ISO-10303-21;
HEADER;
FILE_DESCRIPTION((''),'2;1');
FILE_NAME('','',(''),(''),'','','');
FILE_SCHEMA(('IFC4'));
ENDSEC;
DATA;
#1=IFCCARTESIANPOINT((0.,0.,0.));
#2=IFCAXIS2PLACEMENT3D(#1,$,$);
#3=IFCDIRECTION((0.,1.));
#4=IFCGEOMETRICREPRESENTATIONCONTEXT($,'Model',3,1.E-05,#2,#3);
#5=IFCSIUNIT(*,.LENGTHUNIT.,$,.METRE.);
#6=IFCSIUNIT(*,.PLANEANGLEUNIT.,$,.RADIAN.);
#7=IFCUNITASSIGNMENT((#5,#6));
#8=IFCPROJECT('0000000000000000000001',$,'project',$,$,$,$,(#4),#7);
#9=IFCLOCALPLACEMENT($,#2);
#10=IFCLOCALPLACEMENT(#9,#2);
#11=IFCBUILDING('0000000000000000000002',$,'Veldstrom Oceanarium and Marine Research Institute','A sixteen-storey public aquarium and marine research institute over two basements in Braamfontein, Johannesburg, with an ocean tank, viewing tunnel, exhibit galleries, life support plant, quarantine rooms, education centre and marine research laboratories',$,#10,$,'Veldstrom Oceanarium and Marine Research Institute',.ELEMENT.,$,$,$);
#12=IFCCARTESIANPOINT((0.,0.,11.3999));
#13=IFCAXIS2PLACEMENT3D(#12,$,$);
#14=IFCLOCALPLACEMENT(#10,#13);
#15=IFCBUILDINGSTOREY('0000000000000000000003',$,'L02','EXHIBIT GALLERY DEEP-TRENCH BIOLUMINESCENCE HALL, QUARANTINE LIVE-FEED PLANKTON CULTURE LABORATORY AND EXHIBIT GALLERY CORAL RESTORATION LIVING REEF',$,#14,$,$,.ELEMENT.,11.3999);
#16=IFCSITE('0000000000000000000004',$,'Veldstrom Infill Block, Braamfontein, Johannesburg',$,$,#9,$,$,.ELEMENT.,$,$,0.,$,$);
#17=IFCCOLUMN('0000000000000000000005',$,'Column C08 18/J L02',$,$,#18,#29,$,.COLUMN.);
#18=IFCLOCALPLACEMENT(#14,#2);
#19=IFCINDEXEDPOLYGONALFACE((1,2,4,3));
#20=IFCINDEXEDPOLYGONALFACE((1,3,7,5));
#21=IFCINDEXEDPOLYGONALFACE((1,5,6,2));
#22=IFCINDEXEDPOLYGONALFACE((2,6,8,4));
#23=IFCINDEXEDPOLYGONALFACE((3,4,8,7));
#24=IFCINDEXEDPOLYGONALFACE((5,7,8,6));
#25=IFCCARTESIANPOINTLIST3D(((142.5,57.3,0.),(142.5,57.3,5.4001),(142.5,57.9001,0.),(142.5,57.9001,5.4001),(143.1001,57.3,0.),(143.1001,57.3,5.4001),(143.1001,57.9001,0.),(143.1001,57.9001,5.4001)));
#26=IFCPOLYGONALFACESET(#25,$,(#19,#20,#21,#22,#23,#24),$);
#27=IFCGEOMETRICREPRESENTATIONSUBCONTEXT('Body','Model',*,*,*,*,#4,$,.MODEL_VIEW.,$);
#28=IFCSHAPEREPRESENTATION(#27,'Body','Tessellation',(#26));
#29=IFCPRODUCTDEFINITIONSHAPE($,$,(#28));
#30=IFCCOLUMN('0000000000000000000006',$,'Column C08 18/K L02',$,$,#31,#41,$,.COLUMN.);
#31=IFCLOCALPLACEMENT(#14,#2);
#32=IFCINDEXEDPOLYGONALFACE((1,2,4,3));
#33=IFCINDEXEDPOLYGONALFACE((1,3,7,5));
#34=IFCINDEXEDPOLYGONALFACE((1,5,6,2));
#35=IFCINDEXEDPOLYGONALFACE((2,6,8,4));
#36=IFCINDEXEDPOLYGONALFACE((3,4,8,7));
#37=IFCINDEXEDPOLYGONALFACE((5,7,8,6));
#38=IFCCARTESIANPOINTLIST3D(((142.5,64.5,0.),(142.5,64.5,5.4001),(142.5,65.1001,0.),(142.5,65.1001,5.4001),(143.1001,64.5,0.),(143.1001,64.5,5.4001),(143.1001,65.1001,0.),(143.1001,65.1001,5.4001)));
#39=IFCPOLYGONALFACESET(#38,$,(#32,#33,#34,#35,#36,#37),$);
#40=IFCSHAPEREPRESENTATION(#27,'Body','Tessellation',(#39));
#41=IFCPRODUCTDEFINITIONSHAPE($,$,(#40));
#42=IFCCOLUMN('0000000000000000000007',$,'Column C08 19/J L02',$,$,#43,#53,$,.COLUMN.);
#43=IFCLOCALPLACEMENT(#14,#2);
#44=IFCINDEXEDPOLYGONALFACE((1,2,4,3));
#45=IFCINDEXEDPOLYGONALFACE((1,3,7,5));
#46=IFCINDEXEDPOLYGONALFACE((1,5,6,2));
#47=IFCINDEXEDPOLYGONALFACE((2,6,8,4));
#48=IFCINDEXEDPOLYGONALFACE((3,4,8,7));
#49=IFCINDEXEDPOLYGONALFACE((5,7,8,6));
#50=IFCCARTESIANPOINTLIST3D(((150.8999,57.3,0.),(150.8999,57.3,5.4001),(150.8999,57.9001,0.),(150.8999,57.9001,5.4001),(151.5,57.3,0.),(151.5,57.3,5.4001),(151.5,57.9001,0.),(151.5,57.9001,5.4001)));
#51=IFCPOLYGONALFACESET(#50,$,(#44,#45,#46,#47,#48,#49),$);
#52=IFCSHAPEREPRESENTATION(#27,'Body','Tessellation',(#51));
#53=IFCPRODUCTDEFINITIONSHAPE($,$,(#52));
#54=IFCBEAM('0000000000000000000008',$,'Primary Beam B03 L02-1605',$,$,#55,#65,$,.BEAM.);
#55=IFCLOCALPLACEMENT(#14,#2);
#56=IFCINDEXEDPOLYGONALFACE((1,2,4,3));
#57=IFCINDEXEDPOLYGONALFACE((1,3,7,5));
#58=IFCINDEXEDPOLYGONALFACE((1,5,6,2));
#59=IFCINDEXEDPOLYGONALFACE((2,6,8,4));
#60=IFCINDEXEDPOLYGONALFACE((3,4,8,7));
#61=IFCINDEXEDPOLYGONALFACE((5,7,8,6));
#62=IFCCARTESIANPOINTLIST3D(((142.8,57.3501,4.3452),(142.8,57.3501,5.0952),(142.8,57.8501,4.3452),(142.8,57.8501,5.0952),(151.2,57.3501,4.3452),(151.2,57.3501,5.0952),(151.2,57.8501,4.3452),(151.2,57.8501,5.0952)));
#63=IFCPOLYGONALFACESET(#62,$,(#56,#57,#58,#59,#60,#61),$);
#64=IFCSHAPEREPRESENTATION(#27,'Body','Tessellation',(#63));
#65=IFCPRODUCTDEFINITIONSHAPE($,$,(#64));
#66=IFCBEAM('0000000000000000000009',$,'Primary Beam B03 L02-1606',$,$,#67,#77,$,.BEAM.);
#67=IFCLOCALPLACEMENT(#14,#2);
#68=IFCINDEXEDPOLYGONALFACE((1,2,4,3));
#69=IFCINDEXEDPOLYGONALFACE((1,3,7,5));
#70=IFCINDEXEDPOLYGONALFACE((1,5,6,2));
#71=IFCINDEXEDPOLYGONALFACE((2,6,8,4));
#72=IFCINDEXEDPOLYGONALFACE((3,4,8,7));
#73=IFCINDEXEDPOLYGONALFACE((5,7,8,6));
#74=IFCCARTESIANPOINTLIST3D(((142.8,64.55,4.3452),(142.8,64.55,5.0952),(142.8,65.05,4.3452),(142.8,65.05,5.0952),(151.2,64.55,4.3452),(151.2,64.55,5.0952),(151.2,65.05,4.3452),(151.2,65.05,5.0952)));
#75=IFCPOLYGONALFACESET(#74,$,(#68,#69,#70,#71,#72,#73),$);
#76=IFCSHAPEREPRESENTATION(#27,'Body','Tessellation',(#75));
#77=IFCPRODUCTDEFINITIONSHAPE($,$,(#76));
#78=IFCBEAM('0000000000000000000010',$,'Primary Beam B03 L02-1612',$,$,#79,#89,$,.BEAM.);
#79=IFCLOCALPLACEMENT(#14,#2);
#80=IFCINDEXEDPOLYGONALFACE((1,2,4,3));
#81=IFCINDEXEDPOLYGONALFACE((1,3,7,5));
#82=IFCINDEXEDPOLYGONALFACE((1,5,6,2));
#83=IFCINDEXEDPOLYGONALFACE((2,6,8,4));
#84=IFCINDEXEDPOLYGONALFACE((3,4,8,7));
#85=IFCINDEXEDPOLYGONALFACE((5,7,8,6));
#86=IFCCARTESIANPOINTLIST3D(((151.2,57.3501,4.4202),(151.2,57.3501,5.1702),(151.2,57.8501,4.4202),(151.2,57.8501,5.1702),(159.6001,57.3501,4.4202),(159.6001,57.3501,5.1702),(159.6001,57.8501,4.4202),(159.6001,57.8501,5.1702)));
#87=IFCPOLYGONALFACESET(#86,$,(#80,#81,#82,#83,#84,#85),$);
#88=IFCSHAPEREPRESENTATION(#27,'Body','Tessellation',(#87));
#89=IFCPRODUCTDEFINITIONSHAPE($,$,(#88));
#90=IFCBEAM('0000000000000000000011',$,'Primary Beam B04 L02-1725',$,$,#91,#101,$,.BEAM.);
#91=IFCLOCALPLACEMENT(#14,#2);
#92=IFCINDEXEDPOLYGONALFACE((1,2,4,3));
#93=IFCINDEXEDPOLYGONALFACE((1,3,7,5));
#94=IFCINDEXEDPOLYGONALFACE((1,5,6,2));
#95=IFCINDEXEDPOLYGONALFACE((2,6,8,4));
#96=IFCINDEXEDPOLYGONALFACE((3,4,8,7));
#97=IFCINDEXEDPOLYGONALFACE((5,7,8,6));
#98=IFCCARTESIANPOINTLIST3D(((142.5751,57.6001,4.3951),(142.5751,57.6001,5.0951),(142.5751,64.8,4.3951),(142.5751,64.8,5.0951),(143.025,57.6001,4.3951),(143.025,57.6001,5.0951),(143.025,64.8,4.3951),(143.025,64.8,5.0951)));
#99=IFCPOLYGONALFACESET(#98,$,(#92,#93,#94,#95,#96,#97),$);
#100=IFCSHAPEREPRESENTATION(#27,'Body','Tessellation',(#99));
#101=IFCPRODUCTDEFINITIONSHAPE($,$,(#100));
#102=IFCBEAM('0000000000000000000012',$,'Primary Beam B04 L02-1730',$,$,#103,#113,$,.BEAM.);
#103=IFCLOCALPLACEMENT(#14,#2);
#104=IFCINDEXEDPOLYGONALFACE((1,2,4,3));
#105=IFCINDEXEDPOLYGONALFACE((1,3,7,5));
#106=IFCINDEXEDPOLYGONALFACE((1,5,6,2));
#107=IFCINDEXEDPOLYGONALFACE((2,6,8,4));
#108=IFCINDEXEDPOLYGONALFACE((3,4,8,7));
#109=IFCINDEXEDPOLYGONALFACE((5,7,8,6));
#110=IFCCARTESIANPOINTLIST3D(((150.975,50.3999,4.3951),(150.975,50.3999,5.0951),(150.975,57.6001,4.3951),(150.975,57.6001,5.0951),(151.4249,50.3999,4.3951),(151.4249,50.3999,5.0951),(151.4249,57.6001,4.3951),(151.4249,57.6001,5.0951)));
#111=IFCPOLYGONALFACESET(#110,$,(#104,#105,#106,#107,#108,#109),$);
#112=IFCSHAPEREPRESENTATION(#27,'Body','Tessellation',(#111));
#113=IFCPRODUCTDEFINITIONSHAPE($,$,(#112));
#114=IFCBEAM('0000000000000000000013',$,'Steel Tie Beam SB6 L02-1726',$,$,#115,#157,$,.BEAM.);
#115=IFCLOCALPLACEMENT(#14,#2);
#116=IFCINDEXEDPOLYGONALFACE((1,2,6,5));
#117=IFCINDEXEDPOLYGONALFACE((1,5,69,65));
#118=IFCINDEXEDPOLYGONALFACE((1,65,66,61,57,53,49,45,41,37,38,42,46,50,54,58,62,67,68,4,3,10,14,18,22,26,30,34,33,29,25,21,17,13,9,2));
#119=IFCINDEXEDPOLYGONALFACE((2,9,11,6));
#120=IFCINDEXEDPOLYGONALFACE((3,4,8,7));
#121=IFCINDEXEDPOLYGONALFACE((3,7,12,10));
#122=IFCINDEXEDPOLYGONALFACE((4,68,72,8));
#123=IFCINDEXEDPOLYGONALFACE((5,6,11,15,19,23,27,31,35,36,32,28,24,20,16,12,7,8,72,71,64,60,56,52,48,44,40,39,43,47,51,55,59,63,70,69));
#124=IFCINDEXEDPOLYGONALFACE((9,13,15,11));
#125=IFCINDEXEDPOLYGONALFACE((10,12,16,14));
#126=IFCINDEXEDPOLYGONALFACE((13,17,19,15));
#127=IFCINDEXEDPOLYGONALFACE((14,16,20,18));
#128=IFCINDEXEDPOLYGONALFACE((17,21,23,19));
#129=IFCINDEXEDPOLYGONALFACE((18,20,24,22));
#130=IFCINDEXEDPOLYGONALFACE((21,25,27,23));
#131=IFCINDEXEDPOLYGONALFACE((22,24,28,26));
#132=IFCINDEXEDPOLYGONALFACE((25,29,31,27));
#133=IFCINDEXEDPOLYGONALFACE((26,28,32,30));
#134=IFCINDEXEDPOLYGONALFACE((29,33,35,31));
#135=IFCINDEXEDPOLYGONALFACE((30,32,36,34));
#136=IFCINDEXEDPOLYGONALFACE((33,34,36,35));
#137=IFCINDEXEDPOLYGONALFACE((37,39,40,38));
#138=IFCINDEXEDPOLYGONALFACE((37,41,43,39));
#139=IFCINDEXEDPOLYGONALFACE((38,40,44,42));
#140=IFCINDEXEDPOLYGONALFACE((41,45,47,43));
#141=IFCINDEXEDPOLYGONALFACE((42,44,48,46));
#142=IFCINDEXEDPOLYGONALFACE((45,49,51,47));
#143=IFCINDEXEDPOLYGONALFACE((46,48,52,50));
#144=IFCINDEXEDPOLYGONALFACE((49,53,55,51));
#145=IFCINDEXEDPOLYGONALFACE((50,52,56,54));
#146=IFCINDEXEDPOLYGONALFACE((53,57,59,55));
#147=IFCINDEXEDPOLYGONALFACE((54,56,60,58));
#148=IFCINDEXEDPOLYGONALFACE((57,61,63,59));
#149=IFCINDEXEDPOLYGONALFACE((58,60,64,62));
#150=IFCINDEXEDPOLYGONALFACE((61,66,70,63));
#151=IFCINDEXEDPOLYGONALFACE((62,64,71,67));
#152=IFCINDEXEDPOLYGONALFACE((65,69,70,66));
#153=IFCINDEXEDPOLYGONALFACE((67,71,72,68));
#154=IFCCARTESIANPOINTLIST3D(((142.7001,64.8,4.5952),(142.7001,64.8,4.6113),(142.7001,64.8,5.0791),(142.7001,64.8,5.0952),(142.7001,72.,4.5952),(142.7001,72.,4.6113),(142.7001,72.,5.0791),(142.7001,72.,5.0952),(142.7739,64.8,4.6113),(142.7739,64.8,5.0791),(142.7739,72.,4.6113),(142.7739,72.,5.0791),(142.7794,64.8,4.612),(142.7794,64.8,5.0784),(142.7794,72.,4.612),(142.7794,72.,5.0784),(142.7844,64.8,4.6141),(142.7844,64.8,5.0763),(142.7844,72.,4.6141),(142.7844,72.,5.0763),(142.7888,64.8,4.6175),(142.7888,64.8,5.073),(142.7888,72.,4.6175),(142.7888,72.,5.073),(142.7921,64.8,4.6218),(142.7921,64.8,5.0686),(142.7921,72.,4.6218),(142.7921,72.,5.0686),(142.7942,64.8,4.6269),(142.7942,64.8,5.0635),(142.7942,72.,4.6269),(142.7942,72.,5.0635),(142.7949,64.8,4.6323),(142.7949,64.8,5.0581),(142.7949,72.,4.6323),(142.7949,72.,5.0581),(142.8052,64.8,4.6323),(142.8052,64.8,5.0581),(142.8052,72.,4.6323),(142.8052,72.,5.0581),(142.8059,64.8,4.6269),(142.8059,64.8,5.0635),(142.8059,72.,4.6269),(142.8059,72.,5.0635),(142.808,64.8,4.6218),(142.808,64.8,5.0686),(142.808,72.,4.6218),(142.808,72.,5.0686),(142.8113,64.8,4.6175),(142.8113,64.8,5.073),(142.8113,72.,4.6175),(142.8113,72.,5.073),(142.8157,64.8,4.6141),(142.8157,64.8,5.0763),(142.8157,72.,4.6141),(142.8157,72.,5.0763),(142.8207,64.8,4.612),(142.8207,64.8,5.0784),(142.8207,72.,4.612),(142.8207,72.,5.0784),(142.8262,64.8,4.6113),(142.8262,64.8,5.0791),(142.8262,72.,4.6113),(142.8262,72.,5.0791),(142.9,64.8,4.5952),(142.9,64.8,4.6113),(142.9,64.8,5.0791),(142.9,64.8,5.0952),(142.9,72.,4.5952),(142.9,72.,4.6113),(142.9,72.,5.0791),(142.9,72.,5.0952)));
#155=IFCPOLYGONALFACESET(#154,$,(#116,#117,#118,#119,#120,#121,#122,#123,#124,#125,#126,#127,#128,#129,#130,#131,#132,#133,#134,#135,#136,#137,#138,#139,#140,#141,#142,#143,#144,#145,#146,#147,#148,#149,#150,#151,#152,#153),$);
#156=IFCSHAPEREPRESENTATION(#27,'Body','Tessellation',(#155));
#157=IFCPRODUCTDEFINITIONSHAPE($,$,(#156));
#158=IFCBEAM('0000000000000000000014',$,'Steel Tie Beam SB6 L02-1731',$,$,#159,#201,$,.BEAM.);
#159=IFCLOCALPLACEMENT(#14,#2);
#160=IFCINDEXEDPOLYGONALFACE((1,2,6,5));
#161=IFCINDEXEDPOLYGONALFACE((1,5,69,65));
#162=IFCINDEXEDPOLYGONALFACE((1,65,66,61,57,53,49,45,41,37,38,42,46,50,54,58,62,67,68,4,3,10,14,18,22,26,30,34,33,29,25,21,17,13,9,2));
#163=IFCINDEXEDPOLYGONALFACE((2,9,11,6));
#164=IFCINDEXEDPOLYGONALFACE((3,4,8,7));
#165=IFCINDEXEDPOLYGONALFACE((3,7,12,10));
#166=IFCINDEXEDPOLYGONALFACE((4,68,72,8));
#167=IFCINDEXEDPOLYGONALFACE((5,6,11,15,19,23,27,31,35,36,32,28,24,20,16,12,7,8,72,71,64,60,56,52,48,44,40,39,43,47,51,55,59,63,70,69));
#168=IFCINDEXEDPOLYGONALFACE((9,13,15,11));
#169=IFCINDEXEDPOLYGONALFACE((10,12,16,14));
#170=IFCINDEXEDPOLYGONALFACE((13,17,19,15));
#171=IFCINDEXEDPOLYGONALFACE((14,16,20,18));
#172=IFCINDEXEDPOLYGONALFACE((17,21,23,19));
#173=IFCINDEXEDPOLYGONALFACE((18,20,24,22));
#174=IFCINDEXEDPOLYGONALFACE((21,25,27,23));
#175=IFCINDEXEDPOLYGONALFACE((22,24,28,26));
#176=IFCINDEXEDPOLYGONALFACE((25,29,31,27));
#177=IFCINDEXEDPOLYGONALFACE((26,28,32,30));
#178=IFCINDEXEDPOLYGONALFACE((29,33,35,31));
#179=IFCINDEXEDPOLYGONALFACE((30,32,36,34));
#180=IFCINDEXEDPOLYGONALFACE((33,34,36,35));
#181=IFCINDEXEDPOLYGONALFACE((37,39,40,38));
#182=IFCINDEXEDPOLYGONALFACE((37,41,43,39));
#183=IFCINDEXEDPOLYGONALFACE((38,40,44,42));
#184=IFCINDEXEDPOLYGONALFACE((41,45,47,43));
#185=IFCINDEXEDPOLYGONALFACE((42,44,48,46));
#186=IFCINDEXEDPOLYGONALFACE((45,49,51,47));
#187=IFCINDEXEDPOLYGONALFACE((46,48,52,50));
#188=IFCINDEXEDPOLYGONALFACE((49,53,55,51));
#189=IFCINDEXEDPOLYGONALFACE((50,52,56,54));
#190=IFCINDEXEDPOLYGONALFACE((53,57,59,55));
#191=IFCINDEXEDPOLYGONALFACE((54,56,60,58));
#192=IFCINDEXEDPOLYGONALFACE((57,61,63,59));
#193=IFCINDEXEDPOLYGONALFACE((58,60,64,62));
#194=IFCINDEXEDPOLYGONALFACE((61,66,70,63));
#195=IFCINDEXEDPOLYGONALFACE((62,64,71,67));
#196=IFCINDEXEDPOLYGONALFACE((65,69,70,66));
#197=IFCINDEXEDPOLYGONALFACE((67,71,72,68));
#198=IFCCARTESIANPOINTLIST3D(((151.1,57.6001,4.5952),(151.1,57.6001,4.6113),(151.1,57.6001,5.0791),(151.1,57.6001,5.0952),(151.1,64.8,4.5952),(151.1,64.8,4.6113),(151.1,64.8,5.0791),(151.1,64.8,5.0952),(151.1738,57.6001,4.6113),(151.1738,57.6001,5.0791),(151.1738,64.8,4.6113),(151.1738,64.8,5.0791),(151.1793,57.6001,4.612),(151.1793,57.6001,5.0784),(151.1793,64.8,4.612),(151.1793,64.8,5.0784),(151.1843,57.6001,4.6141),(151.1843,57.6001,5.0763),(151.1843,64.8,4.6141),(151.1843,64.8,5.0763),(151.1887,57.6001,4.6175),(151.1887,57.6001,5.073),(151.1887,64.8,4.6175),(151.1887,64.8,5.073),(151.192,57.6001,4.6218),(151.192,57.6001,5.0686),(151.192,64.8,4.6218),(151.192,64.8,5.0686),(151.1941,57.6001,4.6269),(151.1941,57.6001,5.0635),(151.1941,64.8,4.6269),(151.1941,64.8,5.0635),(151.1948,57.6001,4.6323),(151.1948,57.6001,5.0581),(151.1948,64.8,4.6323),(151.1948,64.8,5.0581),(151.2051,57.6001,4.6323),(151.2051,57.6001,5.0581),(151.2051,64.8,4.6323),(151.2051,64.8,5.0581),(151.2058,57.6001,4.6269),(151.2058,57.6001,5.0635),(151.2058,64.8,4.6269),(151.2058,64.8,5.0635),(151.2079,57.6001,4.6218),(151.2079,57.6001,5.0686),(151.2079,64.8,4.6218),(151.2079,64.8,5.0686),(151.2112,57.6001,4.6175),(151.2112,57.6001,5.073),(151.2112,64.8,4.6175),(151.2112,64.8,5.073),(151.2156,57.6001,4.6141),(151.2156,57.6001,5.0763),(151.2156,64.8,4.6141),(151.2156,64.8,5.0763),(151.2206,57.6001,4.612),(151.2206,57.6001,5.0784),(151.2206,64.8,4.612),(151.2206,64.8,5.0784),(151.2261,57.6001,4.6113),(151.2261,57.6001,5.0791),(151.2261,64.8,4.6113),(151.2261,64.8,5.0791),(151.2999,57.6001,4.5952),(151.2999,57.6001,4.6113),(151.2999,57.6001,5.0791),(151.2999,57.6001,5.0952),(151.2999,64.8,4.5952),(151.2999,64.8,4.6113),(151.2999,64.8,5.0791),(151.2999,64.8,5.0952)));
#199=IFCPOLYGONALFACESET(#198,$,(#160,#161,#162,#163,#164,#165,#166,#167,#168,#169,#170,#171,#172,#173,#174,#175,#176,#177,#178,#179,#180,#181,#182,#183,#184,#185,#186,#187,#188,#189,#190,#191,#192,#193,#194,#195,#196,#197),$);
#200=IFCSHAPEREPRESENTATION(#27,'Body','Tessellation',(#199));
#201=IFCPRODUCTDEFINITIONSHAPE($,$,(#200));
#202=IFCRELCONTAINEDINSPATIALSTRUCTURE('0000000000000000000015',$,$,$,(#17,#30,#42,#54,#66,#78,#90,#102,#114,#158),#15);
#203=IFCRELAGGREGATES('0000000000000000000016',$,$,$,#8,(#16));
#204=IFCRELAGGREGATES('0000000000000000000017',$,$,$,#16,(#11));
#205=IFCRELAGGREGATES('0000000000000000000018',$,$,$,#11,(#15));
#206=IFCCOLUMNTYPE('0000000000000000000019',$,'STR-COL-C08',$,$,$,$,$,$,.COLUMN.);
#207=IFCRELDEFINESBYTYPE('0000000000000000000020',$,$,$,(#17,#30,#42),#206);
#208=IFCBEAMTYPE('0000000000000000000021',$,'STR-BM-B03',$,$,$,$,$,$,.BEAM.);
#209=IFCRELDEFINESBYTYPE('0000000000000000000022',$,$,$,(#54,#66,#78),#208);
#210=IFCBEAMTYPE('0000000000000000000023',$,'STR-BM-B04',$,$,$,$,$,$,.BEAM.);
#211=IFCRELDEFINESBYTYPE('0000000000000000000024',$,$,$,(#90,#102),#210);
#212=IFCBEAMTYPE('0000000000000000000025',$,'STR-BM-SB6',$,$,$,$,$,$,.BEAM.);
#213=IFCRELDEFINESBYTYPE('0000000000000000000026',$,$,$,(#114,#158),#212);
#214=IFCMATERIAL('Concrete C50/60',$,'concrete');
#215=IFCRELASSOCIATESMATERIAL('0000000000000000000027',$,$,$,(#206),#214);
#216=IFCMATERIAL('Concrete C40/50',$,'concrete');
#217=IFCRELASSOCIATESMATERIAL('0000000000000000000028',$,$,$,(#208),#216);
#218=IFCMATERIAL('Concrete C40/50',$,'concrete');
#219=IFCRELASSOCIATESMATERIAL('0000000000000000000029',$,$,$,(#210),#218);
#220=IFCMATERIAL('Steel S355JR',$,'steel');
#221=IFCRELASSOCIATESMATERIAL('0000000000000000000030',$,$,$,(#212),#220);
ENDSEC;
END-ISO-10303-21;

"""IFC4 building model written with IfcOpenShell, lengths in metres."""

from ifc_helpers import new_model, si_unit, direction, frame, origin, origin_2d, place, context, subcontext, project, spatial, rectangle, i_section, extrude, material, material_profile, profile_set, type_object, element, save


model = new_model("IFC4")

# Units and contexts
model_context = context("Model", 3, precision=1e-05, world=origin(), true_north=direction((0.0, 1.0)))
body_context = subcontext(model_context, "Body", "Model", "MODEL_VIEW")
ifc_project = project(units=[si_unit("LENGTHUNIT", "METRE"), si_unit("PLANEANGLEUNIT", "RADIAN")], contexts=[model_context])

# Site, building, storey
site_placement = place(None, origin())
site = spatial("IfcSite", under=ifc_project, at=site_placement, Name="Veldstrom Infill Block, Braamfontein, Johannesburg", CompositionType="ELEMENT", RefElevation=0.0)
building_placement = place(site_placement, origin())
building = spatial("IfcBuilding", under=site, at=building_placement, Name="Veldstrom Oceanarium and Marine Research Institute", Description="A sixteen-storey public aquarium and marine research institute over two basements in Braamfontein, Johannesburg, with an ocean tank, viewing tunnel, exhibit galleries, life support plant, quarantine rooms, education centre and marine research laboratories", LongName="Veldstrom Oceanarium and Marine Research Institute", CompositionType="ELEMENT")
storey_placement = place(building_placement, frame((0.0, 0.0, 11.3999)))
storey = spatial("IfcBuildingStorey", under=building, at=storey_placement, Name="L02", Description="EXHIBIT GALLERY DEEP-TRENCH BIOLUMINESCENCE HALL, QUARANTINE LIVE-FEED PLANKTON CULTURE LABORATORY AND EXHIBIT GALLERY CORAL RESTORATION LIVING REEF", CompositionType="ELEMENT", Elevation=11.3999)

# Columns
ifc_material_1 = material(Name="Concrete C50/60", Category="concrete")
ifc_material_profile_1 = material_profile(ifc_material_1, rectangle(XDim=0.6001, YDim=0.6001, at=origin_2d()), Name="RC-COL-600x600")
ifc_profile_set_1 = profile_set([ifc_material_profile_1], Name="Concrete C50/60")
column_type = type_object("IfcColumnType", Name="STR-COL-C08", PredefinedType="COLUMN", material=ifc_profile_set_1)
for number, where, z_axis, x_axis, name in (
    (1, (142.8, 57.6001, 0.0), (0.0, 0.0, 1.0), (1.0, 0.0, 0.0), "Column C08 18/J L02"),
    (2, (142.8, 64.8, 0.0), (0.0, 0.0, 1.0), (1.0, 0.0, 0.0), "Column C08 18/K L02"),
    (3, (151.2, 57.6001, 0.0), (0.0, 0.0, 1.0), (1.0, 0.0, 0.0), "Column C08 19/J L02"),
):
    element("IfcColumn", number, at=place(storey_placement, frame(where, z_axis=z_axis, x_axis=x_axis)), inside=storey, type_object=column_type, Name=name, PredefinedType="COLUMN", context=body_context, shape_type="SweptSolid", body=[
        extrude(rectangle(XDim=0.6001, YDim=0.6001, at=origin_2d()), origin(), (0.0, 0.0, 1.0), 5.4001),
    ])

# Beams
ifc_material_2 = material(Name="Concrete C40/50", Category="concrete")
ifc_material_profile_2 = material_profile(ifc_material_2, rectangle(XDim=0.5, YDim=0.75, at=origin_2d()), Name="RC-BM-500x750")
ifc_profile_set_2 = profile_set([ifc_material_profile_2], Name="Concrete C40/50")
beam_type_1 = type_object("IfcBeamType", Name="STR-BM-B03", PredefinedType="BEAM", material=ifc_profile_set_2)
for number, where, z_axis, x_axis, name in (
    (4, (142.8, 57.6001, 4.7202), (1.0, 0.0, 0.0), (0.0, 1.0, 0.0), "Primary Beam B03 L02-1605"),
    (5, (142.8, 64.8, 4.7202), (1.0, 0.0, 0.0), (0.0, 1.0, 0.0), "Primary Beam B03 L02-1606"),
):
    element("IfcBeam", number, at=place(storey_placement, frame(where, z_axis=z_axis, x_axis=x_axis)), inside=storey, type_object=beam_type_1, Name=name, PredefinedType="BEAM", context=body_context, shape_type="SweptSolid", body=[
        extrude(rectangle(XDim=0.5, YDim=0.75, at=origin_2d()), origin(), (0.0, 0.0, 1.0), 8.3999),
    ])
beam_1_placement = place(storey_placement, frame((151.2, 57.6001, 4.7952), z_axis=(1.0, 0.0, 0.0), x_axis=(0.0, 1.0, 0.0)))
element("IfcBeam", 6, at=beam_1_placement, inside=storey, type_object=beam_type_1, Name="Primary Beam B03 L02-1612", PredefinedType="BEAM", context=body_context, shape_type="SweptSolid", body=[
    extrude(rectangle(XDim=0.5, YDim=0.75, at=origin_2d()), origin(), (0.0, 0.0, 1.0), 8.4001),
])
ifc_material_3 = material(Name="Concrete C40/50", Category="concrete")
ifc_material_profile_3 = material_profile(ifc_material_3, rectangle(XDim=0.45, YDim=0.7, at=origin_2d()), Name="RC-BM-450x700")
ifc_profile_set_3 = profile_set([ifc_material_profile_3], Name="Concrete C40/50")
beam_type_2 = type_object("IfcBeamType", Name="STR-BM-B04", PredefinedType="BEAM", material=ifc_profile_set_3)
beam_2_placement = place(storey_placement, frame((142.8, 57.6001, 4.7451), z_axis=(0.0, 1.0, 0.0), x_axis=(-1.0, 0.0, 0.0)))
element("IfcBeam", 7, at=beam_2_placement, inside=storey, type_object=beam_type_2, Name="Primary Beam B04 L02-1725", PredefinedType="BEAM", context=body_context, shape_type="SweptSolid", body=[
    extrude(rectangle(XDim=0.45, YDim=0.7, at=origin_2d()), origin(), (0.0, 0.0, 1.0), 7.2),
])
beam_3_placement = place(storey_placement, frame((151.2, 50.3999, 4.7451), z_axis=(0.0, 1.0, 0.0), x_axis=(-1.0, 0.0, 0.0)))
element("IfcBeam", 8, at=beam_3_placement, inside=storey, type_object=beam_type_2, Name="Primary Beam B04 L02-1730", PredefinedType="BEAM", context=body_context, shape_type="SweptSolid", body=[
    extrude(rectangle(XDim=0.45, YDim=0.7, at=origin_2d()), origin(), (0.0, 0.0, 1.0), 7.2002),
])
ifc_material_4 = material(Name="Steel S355JR", Category="steel")
ifc_material_profile_4 = material_profile(ifc_material_4, i_section(OverallWidth=0.2, OverallDepth=0.5, WebThickness=0.0103, FlangeThickness=0.0161, FilletRadius=0.021, at=origin_2d()), Name="IPE 500")
ifc_profile_set_4 = profile_set([ifc_material_profile_4], Name="Steel S355JR")
beam_type_3 = type_object("IfcBeamType", Name="STR-BM-SB6", PredefinedType="BEAM", material=ifc_profile_set_4)
for number, where, z_axis, x_axis, name in (
    (9, (142.8, 64.8, 4.8452), (0.0, 1.0, 0.0), (-1.0, 0.0, 0.0), "Steel Tie Beam SB6 L02-1726"),
    (10, (151.2, 57.6001, 4.8452), (0.0, 1.0, 0.0), (-1.0, 0.0, 0.0), "Steel Tie Beam SB6 L02-1731"),
):
    element("IfcBeam", number, at=place(storey_placement, frame(where, z_axis=z_axis, x_axis=x_axis)), inside=storey, type_object=beam_type_3, Name=name, PredefinedType="BEAM", context=body_context, shape_type="SweptSolid", body=[
        extrude(i_section(OverallWidth=0.2, OverallDepth=0.5, WebThickness=0.0103, FlangeThickness=0.0161, FilletRadius=0.021, at=origin_2d()), origin(), (0.0, 0.0, 1.0), 7.2),
    ])

save(model, "model.ifc")
